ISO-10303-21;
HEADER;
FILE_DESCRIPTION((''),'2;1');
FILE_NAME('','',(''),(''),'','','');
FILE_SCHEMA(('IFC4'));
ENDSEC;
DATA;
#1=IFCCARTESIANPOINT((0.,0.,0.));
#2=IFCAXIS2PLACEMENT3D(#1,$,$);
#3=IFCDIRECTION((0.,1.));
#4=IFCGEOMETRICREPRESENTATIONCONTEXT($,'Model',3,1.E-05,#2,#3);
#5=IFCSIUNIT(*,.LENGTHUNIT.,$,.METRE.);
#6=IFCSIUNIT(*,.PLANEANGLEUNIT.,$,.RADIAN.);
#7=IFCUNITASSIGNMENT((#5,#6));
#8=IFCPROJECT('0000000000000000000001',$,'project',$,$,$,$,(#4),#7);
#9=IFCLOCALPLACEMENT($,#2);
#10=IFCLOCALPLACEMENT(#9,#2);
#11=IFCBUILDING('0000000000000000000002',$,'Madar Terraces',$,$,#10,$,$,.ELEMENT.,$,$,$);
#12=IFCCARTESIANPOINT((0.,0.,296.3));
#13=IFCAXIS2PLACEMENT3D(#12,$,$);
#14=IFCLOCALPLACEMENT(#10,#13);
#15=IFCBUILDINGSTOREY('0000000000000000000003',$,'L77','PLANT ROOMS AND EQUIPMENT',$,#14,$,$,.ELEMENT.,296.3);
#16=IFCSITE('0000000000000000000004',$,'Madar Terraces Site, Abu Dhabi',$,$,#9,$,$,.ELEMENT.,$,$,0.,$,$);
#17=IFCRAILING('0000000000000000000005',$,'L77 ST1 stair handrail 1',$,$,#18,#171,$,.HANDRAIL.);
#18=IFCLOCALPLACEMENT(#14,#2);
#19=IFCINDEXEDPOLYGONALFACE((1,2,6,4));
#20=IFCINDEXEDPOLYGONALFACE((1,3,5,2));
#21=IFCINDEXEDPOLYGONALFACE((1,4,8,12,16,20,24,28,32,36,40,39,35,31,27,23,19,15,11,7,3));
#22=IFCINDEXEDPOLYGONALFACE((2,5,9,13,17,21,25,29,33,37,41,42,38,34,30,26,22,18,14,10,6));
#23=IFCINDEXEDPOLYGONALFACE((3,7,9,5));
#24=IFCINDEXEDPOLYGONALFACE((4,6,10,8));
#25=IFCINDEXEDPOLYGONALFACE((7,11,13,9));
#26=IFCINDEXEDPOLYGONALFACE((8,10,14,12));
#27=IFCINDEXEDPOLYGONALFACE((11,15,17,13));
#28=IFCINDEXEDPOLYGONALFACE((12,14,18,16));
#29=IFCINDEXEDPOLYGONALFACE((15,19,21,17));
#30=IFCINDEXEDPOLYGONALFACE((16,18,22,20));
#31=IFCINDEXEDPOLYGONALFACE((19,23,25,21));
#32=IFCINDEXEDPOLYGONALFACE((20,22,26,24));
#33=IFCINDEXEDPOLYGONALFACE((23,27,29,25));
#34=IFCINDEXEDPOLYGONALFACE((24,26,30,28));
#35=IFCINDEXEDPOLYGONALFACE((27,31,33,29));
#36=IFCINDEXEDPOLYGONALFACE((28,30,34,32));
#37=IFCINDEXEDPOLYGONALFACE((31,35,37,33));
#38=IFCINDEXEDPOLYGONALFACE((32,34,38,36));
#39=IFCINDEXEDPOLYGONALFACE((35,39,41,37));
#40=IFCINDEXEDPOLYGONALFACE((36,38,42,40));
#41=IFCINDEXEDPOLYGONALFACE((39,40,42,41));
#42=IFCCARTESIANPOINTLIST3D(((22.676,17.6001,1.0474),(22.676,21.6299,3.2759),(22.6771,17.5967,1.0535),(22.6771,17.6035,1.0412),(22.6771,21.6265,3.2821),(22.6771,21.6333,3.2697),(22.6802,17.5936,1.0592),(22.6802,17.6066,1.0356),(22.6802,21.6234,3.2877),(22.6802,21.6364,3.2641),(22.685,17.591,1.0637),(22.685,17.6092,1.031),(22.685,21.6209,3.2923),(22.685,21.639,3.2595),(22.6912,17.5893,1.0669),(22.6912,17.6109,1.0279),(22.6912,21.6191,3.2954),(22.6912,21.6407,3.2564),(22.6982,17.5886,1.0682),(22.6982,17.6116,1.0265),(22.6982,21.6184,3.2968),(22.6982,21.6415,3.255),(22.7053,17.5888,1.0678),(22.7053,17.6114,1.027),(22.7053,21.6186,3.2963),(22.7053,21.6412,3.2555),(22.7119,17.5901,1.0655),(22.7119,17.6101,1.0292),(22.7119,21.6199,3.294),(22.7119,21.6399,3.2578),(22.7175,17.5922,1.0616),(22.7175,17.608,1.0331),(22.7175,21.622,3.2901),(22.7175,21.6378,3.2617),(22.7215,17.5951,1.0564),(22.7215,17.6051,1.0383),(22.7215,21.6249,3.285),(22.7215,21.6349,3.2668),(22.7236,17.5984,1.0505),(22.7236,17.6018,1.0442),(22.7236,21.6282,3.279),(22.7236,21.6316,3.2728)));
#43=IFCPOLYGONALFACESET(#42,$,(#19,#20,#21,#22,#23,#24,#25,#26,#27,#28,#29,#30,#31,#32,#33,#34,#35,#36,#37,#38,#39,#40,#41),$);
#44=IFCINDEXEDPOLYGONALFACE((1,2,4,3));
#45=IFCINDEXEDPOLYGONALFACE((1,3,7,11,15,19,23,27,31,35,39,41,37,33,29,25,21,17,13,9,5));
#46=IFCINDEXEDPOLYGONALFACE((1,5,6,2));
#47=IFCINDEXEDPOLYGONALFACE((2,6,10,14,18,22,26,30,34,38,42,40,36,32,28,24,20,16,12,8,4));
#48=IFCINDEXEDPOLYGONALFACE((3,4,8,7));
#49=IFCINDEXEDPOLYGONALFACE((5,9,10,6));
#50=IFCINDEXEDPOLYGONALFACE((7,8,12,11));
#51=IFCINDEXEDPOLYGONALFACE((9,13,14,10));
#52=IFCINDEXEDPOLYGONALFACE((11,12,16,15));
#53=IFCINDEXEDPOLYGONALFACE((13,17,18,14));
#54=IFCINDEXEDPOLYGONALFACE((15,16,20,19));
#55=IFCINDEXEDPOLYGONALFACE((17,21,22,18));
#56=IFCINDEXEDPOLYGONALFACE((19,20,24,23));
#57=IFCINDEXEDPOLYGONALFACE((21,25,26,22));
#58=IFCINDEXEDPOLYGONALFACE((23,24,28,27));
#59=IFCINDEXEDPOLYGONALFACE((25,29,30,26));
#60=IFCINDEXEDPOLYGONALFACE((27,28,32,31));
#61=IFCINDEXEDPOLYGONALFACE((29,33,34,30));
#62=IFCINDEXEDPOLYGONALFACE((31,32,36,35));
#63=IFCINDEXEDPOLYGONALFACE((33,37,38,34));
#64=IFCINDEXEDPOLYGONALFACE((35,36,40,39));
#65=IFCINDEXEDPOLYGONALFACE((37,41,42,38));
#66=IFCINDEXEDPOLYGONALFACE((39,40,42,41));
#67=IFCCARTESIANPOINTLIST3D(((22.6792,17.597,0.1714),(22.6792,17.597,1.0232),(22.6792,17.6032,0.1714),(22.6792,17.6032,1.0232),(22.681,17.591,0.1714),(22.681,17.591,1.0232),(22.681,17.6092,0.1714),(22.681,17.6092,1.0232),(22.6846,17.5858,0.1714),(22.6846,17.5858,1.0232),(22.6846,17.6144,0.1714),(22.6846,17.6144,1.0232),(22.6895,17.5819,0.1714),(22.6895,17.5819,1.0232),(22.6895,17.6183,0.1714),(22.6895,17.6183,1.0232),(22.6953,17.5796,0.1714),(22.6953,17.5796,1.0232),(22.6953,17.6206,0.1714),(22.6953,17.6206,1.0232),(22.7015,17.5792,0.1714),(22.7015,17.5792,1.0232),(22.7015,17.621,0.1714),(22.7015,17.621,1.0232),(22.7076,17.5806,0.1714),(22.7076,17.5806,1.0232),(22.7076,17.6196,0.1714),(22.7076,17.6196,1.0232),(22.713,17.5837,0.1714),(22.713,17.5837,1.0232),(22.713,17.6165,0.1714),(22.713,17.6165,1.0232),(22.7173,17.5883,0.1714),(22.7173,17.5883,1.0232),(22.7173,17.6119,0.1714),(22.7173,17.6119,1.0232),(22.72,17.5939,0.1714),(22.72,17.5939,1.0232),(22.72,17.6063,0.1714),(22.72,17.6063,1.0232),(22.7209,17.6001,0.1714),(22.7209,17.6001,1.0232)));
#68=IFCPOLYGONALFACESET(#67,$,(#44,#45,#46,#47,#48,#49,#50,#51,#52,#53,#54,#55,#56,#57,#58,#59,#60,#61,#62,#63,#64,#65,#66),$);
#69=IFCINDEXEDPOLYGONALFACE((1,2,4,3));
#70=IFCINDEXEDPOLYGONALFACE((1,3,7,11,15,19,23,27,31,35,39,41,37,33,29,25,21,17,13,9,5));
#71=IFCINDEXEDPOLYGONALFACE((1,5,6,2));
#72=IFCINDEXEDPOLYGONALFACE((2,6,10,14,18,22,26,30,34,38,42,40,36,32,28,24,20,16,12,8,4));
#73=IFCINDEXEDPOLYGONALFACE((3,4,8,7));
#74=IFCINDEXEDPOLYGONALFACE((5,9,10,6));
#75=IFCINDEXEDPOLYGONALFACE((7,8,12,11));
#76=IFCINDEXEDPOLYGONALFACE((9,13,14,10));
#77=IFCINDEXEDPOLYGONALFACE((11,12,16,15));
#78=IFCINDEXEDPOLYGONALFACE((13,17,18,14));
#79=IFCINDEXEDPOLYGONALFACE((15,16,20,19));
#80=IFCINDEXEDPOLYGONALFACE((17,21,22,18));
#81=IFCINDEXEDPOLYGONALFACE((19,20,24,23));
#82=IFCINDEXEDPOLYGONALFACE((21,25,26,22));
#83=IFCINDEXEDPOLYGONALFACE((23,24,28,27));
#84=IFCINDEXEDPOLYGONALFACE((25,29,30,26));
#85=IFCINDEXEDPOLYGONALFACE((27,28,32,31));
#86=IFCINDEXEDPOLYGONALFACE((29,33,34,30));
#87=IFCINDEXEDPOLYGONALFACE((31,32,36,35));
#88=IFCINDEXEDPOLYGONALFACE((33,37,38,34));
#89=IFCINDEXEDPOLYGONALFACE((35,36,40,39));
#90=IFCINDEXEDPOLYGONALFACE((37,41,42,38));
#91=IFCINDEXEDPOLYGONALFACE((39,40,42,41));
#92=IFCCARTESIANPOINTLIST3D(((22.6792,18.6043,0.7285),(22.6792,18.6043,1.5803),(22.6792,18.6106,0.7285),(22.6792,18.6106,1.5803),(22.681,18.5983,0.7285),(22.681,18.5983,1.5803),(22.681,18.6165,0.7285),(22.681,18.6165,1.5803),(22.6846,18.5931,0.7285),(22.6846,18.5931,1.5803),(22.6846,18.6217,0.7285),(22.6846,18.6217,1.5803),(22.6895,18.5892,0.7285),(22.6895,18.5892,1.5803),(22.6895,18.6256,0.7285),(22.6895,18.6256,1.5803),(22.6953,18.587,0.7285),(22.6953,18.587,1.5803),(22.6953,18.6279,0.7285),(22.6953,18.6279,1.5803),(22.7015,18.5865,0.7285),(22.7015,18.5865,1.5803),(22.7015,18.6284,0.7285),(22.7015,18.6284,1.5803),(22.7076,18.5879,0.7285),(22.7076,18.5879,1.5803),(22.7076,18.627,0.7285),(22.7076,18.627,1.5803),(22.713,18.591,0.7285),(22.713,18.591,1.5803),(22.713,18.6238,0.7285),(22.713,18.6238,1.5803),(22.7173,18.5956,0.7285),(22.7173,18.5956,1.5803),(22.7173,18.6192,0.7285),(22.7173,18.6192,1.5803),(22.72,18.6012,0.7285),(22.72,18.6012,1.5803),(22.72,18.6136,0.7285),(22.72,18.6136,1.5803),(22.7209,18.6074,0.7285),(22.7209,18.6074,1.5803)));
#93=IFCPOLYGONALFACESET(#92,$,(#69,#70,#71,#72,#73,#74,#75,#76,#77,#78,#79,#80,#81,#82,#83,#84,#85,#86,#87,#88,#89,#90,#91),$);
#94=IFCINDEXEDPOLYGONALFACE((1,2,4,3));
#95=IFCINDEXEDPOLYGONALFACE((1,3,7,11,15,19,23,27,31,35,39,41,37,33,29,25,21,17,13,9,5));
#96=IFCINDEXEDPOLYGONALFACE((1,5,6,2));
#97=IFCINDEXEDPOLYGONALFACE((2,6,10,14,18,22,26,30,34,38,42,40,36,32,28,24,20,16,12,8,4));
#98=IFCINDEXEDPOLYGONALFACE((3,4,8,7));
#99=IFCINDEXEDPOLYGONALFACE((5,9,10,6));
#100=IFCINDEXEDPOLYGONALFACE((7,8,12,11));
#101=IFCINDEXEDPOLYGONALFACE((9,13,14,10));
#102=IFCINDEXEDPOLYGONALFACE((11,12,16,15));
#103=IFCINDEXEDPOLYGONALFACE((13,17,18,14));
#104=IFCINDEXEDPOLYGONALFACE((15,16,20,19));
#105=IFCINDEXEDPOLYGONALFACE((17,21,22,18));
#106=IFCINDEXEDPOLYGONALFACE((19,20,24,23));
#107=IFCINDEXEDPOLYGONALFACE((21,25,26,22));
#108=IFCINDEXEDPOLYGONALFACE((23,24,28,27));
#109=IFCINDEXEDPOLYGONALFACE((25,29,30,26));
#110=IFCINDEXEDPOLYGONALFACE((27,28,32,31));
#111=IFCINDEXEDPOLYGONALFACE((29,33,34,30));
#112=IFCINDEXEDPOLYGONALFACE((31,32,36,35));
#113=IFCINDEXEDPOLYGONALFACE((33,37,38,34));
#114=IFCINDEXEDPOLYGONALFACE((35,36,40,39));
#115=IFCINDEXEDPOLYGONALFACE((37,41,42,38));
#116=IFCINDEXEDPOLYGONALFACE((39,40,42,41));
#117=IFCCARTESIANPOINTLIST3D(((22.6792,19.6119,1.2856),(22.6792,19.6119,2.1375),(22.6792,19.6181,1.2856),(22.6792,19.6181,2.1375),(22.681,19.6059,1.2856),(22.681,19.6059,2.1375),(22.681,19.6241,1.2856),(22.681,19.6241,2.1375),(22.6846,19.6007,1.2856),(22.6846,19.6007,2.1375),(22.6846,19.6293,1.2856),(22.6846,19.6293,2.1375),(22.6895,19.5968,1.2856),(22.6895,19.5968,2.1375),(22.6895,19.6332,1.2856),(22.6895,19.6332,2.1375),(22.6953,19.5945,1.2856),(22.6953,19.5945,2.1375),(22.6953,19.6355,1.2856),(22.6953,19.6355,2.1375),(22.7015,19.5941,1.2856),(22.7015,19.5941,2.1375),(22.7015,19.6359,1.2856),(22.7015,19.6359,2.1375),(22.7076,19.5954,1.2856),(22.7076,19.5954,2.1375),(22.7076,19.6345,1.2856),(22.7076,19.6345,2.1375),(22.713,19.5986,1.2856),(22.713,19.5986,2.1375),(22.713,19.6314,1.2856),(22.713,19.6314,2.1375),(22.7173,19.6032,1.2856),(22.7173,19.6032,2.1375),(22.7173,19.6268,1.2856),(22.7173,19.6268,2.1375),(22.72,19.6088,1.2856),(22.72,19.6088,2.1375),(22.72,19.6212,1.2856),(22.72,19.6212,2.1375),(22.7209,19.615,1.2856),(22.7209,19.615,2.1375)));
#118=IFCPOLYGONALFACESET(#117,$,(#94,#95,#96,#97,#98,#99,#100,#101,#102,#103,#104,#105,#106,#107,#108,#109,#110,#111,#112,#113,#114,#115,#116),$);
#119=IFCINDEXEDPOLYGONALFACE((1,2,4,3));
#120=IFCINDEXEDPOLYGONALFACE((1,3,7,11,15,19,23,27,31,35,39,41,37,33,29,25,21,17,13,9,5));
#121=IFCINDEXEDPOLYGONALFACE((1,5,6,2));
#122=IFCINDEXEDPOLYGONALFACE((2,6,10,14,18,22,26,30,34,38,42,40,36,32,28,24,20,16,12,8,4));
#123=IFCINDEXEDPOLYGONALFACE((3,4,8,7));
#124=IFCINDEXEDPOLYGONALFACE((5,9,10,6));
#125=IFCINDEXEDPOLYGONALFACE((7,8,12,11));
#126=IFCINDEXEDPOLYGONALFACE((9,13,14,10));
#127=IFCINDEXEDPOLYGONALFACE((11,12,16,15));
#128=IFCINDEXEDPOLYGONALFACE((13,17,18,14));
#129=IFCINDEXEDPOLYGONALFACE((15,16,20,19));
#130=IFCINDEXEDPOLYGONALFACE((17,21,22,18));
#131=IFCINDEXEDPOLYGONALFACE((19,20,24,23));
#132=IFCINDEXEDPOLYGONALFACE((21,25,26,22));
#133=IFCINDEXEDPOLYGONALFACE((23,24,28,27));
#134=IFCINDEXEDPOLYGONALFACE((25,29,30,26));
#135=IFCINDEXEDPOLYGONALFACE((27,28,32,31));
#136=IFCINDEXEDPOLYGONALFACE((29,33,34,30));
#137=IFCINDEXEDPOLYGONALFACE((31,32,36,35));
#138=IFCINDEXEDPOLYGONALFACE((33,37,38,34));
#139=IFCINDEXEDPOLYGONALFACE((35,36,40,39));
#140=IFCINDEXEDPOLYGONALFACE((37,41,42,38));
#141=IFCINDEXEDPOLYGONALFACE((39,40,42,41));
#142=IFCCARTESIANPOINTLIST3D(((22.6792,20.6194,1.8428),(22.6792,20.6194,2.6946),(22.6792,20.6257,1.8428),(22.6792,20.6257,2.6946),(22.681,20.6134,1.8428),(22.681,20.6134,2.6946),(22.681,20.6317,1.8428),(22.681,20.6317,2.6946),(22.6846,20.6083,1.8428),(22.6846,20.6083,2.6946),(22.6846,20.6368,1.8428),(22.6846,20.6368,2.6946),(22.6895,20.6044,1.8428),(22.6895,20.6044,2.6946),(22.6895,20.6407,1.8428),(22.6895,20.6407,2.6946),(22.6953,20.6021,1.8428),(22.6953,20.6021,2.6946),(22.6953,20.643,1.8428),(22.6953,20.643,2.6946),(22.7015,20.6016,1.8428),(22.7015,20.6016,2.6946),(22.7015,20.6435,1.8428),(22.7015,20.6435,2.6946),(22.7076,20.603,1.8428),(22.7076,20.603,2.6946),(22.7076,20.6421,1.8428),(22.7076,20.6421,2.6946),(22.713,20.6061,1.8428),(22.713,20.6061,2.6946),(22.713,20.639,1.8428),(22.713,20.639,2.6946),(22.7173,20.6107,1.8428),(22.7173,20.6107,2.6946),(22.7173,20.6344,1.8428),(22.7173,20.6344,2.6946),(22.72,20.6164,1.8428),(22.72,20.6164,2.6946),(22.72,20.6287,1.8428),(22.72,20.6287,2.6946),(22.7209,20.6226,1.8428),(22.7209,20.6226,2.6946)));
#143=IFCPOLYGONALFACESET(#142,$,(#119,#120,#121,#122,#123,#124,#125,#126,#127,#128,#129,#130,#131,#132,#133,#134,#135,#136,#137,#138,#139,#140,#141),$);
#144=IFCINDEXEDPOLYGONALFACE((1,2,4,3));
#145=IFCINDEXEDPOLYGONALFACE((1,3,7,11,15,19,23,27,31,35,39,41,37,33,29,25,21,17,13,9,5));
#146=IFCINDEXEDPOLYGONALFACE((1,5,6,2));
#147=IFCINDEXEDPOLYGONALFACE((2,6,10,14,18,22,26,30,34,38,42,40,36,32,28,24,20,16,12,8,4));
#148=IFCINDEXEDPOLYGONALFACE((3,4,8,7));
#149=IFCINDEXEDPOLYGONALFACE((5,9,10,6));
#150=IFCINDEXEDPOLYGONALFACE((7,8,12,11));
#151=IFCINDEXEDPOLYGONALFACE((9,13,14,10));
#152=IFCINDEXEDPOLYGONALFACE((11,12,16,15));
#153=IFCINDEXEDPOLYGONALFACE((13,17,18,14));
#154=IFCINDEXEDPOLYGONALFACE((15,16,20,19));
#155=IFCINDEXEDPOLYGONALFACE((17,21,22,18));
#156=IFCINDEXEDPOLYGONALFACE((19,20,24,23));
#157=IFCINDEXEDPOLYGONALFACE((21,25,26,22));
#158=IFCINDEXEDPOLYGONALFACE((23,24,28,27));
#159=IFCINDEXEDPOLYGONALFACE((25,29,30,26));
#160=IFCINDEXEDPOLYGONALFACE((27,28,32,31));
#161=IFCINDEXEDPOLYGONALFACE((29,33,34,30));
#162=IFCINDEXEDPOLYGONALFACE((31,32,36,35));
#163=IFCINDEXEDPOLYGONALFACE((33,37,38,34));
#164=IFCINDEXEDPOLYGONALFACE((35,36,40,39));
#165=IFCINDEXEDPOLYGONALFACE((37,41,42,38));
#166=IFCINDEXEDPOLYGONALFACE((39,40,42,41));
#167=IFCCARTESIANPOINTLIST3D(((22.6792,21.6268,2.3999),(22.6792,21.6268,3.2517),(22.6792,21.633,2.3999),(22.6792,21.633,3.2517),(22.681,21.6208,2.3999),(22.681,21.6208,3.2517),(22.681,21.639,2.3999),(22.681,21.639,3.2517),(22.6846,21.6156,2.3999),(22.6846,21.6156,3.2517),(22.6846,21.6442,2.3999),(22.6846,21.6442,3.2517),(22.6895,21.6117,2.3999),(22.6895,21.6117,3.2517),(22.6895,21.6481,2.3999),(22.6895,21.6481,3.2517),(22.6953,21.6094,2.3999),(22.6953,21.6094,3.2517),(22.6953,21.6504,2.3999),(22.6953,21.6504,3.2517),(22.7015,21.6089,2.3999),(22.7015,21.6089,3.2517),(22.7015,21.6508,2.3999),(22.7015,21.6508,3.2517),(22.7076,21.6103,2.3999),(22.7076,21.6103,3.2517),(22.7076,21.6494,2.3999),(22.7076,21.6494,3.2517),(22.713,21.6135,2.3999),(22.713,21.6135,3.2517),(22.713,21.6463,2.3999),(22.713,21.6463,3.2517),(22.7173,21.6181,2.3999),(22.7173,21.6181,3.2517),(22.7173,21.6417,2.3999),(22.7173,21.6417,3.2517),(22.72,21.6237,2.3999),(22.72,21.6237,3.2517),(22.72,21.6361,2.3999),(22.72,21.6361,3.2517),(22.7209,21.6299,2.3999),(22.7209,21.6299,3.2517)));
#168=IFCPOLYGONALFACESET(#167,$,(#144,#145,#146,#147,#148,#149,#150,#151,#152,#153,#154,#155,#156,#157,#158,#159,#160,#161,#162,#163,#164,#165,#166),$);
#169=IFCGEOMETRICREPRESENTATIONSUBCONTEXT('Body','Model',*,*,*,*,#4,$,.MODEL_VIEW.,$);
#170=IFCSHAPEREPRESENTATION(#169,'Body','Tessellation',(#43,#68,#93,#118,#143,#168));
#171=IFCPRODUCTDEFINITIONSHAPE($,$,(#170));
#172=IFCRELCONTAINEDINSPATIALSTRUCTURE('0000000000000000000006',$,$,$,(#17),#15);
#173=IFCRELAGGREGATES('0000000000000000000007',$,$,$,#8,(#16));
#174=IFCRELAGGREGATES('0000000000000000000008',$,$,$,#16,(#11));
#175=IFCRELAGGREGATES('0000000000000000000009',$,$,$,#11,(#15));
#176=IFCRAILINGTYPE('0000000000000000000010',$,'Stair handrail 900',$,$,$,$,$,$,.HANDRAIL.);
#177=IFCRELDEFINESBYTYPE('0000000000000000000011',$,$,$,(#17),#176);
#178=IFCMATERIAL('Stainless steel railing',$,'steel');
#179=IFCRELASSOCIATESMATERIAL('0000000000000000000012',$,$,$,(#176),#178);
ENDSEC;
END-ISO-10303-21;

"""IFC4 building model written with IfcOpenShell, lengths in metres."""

from ifc_helpers import new_model, si_unit, direction, frame, origin, origin_2d, place, context, subcontext, project, spatial, circle, extrude, material, type_object, element, save


model = new_model("IFC4")

# Units and contexts
model_context = context("Model", 3, precision=1e-05, world=origin(), true_north=direction((0.0, 1.0)))
body_context = subcontext(model_context, "Body", "Model", "MODEL_VIEW")
ifc_project = project(units=[si_unit("LENGTHUNIT", "METRE"), si_unit("PLANEANGLEUNIT", "RADIAN")], contexts=[model_context])

# Site, building, storey
site_placement = place(None, origin())
site = spatial("IfcSite", under=ifc_project, at=site_placement, Name="Madar Terraces Site, Abu Dhabi", CompositionType="ELEMENT", RefElevation=0.0)
building_placement = place(site_placement, origin())
building = spatial("IfcBuilding", under=site, at=building_placement, Name="Madar Terraces", CompositionType="ELEMENT")
storey_placement = place(building_placement, frame((0.0, 0.0, 296.3)))
storey = spatial("IfcBuildingStorey", under=building, at=storey_placement, Name="L77", Description="PLANT ROOMS AND EQUIPMENT", CompositionType="ELEMENT", Elevation=296.3)

# Railing
ifc_material_1 = material(Name="Stainless steel railing", Category="steel")
railing_type_1 = type_object("IfcRailingType", Name="Stair handrail 900", PredefinedType="HANDRAIL", material=ifc_material_1)
railing_1_placement = place(storey_placement, frame((22.7, 17.6001, 0.1714)))
element("IfcRailing", 1, at=railing_1_placement, inside=storey, type_object=railing_type_1, Name="L77 ST1 stair handrail 1", PredefinedType="HANDRAIL", context=body_context, shape_type="SweptSolid", body=[
    extrude(circle(Radius=0.0239, at=origin_2d()), frame((0.0, 0.0, 0.876), z_axis=(0.0, 0.875101, 0.48394), x_axis=(-1.0, 0.0, 0.0)), (0.0, 0.0, 1.0), 4.605),
    extrude(circle(Radius=0.021, at=origin_2d()), origin(), (0.0, 0.0, 1.0), 0.8518),
    extrude(circle(Radius=0.021, at=origin_2d()), frame((0.0, 1.0073, 0.5571)), (0.0, 0.0, 1.0), 0.8518),
    extrude(circle(Radius=0.021, at=origin_2d()), frame((0.0, 2.0149, 1.1143)), (0.0, 0.0, 1.0), 0.8518),
    extrude(circle(Radius=0.021, at=origin_2d()), frame((0.0, 3.0225, 1.6714)), (0.0, 0.0, 1.0), 0.8518),
    extrude(circle(Radius=0.021, at=origin_2d()), frame((0.0, 4.0298, 2.2285)), (0.0, 0.0, 1.0), 0.8518),
])

save(model, "model.ifc")
